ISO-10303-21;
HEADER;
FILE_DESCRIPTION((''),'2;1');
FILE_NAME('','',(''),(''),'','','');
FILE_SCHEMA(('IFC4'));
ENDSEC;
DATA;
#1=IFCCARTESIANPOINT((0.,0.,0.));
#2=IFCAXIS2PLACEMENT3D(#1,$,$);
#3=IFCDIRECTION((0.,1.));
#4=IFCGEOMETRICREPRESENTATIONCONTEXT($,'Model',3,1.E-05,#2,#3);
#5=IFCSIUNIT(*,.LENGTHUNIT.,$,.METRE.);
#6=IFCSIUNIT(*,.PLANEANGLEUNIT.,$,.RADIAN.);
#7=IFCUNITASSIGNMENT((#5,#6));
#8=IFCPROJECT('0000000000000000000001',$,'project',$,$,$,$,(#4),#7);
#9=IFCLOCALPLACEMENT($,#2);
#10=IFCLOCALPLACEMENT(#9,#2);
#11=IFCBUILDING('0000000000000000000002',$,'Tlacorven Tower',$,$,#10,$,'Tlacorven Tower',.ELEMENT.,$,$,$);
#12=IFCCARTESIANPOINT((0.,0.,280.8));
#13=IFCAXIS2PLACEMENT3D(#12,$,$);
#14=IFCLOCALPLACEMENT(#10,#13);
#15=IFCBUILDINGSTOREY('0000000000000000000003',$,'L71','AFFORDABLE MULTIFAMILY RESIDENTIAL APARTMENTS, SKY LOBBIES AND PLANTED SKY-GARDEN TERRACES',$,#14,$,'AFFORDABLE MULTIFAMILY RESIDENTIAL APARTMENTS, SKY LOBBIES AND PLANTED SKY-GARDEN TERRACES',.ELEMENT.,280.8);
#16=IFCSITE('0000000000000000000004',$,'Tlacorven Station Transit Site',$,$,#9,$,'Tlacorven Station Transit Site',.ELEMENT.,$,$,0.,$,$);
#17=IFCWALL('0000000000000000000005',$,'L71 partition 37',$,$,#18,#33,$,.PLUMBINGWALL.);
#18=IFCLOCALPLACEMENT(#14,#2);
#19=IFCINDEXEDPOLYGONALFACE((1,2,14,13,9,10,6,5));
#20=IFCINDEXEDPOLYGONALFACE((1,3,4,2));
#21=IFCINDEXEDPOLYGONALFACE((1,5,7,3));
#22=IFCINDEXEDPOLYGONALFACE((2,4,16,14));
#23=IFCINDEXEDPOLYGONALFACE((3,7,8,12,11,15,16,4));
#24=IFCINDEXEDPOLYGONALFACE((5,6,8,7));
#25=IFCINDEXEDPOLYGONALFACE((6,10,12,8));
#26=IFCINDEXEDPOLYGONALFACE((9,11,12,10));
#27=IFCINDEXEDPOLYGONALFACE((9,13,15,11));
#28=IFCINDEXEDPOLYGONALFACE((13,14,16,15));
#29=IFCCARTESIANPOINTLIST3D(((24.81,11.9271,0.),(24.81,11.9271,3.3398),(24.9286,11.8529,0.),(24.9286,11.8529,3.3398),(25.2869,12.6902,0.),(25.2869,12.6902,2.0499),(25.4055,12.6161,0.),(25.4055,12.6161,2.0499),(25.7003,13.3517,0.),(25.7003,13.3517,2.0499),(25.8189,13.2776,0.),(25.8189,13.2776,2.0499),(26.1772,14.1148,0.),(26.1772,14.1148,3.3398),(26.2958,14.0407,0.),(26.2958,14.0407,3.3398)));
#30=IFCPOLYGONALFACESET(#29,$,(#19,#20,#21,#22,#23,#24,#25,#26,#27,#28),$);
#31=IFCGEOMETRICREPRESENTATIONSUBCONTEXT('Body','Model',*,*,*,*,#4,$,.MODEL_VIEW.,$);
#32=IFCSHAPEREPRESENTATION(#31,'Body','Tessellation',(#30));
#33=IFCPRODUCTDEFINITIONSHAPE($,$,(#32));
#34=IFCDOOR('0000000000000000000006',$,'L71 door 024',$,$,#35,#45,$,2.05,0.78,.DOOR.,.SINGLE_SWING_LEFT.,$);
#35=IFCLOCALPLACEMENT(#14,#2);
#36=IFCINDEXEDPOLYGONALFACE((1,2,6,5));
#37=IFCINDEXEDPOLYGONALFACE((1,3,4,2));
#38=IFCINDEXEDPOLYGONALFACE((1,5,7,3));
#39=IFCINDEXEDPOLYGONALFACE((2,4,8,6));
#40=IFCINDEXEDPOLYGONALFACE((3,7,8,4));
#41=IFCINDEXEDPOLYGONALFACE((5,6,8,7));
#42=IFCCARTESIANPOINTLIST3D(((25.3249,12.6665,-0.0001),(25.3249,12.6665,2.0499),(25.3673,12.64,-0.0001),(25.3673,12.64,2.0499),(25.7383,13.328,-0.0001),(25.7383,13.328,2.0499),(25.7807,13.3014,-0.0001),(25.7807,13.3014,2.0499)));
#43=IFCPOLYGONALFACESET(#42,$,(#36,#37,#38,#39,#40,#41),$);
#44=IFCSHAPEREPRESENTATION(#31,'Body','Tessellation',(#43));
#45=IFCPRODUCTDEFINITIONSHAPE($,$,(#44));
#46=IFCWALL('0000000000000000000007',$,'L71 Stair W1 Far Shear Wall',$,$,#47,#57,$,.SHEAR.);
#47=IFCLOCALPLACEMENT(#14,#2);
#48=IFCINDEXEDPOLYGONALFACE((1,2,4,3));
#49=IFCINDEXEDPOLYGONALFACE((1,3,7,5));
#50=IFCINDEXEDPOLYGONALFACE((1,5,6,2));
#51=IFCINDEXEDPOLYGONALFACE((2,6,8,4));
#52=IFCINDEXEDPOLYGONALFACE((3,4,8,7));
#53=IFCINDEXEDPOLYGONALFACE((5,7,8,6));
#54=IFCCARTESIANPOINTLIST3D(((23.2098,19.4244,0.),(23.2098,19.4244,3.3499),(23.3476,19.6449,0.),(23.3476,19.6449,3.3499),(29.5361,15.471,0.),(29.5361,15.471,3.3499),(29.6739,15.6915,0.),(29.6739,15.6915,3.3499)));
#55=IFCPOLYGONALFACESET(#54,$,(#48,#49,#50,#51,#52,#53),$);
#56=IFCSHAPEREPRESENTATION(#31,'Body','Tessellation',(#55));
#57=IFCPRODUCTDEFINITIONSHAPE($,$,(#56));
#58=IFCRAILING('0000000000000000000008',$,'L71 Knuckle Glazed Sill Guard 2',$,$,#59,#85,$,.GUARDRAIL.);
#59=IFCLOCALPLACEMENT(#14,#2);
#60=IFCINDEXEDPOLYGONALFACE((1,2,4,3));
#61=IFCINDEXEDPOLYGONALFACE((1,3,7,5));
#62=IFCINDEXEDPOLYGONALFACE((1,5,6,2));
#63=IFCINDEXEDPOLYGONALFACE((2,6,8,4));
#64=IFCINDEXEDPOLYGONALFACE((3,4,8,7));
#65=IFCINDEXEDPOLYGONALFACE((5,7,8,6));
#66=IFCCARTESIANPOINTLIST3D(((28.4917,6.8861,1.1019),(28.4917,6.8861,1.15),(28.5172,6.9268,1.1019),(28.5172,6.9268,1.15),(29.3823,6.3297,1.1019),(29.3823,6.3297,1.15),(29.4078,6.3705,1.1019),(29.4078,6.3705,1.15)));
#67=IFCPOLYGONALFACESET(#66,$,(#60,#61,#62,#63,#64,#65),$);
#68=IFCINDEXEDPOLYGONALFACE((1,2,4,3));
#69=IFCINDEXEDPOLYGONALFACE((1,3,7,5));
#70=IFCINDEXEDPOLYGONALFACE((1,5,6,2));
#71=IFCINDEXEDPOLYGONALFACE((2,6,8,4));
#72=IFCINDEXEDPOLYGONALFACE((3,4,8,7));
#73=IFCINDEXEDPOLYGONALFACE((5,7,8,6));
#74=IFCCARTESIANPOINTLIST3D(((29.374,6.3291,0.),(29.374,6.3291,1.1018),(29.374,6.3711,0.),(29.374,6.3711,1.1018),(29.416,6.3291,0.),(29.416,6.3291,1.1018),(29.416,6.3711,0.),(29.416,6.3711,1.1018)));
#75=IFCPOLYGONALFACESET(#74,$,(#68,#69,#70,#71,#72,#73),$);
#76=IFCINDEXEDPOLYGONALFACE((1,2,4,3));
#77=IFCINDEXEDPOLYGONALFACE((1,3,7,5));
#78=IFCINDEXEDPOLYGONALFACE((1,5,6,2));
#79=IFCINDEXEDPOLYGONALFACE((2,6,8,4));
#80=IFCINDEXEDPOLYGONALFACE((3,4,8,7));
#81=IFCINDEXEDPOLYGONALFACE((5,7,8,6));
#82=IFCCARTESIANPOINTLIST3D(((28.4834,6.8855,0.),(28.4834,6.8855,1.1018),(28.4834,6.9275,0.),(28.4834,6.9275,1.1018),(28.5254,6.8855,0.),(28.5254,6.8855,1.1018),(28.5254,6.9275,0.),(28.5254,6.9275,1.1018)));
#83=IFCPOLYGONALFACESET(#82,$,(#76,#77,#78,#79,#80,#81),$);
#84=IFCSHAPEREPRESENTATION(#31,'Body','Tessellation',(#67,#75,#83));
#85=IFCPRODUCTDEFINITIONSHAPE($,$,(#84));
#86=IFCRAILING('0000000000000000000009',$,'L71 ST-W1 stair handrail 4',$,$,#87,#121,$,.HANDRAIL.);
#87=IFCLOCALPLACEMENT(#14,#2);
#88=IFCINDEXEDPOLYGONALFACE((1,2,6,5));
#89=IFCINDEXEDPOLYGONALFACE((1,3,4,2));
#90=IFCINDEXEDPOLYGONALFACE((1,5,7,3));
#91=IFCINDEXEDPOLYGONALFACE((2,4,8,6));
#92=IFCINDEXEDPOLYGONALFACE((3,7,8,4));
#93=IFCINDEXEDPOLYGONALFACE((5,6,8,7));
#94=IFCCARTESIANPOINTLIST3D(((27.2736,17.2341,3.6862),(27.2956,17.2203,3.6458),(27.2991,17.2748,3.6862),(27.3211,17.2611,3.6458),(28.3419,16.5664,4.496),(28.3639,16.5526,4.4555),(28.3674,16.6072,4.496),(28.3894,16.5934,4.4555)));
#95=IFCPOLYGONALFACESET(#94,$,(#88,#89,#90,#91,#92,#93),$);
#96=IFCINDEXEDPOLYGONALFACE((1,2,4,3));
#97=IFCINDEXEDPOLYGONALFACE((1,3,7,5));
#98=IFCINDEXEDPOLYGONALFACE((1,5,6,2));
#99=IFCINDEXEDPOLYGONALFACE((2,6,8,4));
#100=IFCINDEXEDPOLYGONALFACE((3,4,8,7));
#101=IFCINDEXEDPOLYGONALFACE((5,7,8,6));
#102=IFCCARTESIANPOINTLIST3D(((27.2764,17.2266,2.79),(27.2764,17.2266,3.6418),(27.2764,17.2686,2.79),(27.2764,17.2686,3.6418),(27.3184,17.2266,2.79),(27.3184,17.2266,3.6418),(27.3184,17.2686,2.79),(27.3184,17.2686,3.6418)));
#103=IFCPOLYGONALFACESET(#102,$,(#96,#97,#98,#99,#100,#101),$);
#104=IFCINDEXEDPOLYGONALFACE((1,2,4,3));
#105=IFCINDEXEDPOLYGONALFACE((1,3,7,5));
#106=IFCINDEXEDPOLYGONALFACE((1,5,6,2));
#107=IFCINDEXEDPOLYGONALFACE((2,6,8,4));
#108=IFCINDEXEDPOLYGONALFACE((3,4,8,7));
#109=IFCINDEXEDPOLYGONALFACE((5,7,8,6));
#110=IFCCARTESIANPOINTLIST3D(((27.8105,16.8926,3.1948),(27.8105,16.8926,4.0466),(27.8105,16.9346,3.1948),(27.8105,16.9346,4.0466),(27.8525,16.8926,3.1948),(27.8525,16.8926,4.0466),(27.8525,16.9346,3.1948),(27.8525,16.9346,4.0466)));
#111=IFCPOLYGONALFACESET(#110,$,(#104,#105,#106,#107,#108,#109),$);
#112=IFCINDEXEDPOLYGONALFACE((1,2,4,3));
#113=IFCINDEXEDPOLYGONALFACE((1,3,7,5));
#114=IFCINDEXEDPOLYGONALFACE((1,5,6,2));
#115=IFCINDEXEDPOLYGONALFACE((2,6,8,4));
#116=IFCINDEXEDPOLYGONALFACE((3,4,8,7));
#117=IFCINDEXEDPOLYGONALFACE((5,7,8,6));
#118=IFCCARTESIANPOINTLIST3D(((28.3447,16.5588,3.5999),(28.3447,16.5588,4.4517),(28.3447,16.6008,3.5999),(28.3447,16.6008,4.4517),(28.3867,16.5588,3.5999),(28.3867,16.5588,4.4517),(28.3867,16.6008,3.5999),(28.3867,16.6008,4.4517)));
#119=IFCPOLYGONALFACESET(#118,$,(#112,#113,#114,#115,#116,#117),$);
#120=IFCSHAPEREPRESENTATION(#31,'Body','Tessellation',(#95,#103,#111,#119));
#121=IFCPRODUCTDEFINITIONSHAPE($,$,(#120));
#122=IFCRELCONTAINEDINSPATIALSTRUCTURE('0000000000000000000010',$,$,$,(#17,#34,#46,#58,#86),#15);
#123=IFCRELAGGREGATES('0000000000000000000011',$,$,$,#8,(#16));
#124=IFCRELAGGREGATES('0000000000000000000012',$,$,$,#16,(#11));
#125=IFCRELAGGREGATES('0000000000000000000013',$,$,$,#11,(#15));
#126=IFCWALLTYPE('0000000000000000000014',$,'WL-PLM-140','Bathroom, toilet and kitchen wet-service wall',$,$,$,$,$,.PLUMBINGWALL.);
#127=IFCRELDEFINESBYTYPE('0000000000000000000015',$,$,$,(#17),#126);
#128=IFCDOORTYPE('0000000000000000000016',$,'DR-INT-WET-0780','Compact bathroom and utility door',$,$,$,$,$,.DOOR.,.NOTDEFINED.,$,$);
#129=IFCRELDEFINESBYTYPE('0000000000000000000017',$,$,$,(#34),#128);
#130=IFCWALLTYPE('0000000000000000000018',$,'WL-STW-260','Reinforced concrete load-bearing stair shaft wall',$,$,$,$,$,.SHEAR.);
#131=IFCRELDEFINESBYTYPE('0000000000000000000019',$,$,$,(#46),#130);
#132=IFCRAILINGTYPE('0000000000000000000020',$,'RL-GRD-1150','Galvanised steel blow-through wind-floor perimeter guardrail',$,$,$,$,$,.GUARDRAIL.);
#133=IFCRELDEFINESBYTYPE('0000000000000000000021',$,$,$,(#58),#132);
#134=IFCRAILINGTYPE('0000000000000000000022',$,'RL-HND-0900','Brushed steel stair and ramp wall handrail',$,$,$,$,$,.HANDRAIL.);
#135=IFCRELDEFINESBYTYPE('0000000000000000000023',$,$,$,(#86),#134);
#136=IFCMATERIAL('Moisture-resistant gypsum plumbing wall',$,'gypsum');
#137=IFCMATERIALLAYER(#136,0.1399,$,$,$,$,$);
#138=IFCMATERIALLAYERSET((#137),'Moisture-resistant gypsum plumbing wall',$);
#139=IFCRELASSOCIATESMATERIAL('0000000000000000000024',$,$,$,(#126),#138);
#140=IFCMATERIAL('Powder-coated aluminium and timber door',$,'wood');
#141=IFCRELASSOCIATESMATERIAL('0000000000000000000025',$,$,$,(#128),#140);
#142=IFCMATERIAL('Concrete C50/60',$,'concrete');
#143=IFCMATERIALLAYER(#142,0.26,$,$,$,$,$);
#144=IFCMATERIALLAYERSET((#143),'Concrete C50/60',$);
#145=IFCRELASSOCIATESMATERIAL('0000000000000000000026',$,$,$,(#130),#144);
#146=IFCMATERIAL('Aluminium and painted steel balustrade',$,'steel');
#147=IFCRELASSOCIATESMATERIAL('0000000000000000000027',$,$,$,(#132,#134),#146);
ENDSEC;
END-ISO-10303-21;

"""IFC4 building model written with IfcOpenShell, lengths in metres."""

from ifc_helpers import new_model, si_unit, direction, frame, frame_2d, origin, origin_2d, place, context, subcontext, project, spatial, rectangle, extrude, source, transform, mapped, material, layer, layer_set, type_object, element, fill, save


model = new_model("IFC4")

# Units and contexts
model_context = context("Model", 3, precision=1e-05, world=origin(), true_north=direction((0.0, 1.0)))
body_context = subcontext(model_context, "Body", "Model", "MODEL_VIEW")
ifc_project = project(units=[si_unit("LENGTHUNIT", "METRE"), si_unit("PLANEANGLEUNIT", "RADIAN")], contexts=[model_context])

# Site, building, storey
site_placement = place(None, origin())
site = spatial("IfcSite", under=ifc_project, at=site_placement, Name="Tlacorven Station Transit Site", LongName="Tlacorven Station Transit Site", CompositionType="ELEMENT", RefElevation=0.0)
building_placement = place(site_placement, origin())
building = spatial("IfcBuilding", under=site, at=building_placement, Name="Tlacorven Tower", LongName="Tlacorven Tower", CompositionType="ELEMENT")
storey_placement = place(building_placement, frame((0.0, 0.0, 280.8)))
storey = spatial("IfcBuildingStorey", under=building, at=storey_placement, Name="L71", Description="AFFORDABLE MULTIFAMILY RESIDENTIAL APARTMENTS, SKY LOBBIES AND PLANTED SKY-GARDEN TERRACES", LongName="AFFORDABLE MULTIFAMILY RESIDENTIAL APARTMENTS, SKY LOBBIES AND PLANTED SKY-GARDEN TERRACES", CompositionType="ELEMENT", Elevation=280.8)

# Shared definitions
ifc_material_1 = material(Name="Powder-coated aluminium and timber door", Category="wood")

# Wall, opening, door
ifc_material_2 = material(Name="Moisture-resistant gypsum plumbing wall", Category="gypsum")
ifc_layer_1 = layer(ifc_material_2, 0.1399)
ifc_layer_set_1 = layer_set([ifc_layer_1], Name="Moisture-resistant gypsum plumbing wall")
wall_type_1 = type_object("IfcWallType", Name="WL-PLM-140", Description="Bathroom, toilet and kitchen wet-service wall", PredefinedType="PLUMBINGWALL", material=ifc_layer_set_1)
wall_1_placement = place(storey_placement, frame((26.2366, 14.0779, 0.0), z_axis=(0.0, 0.0, 1.0), x_axis=(-0.529956, -0.848025, 0.0)))
wall_1 = element("IfcWall", 1, at=wall_1_placement, inside=storey, type_object=wall_type_1, Name="L71 partition 37", PredefinedType="PLUMBINGWALL", context=body_context, shape_type="SweptSolid", body=[
    extrude(rectangle(XDim=2.5798, YDim=0.1399, at=frame_2d((1.29, 0.0))), origin(), (0.0, 0.0, 1.0), 3.3398),
])
opening_1_placement = place(wall_1_placement, frame((0.8999, 0.0, 0.0)))
opening_1 = element("IfcOpeningElement", 2, at=opening_1_placement, cuts=wall_1, PredefinedType="OPENING", context=body_context, shape_type="SweptSolid", body=[
    extrude(rectangle(XDim=0.78, YDim=2.05, at=frame_2d((0.3901, 1.0249))), frame((0.0, 0.0801, 0.0), z_axis=(0.0, -1.0, 0.0), x_axis=(1.0, 0.0, 0.0)), (0.0, 0.0, 1.0), 0.1599),
])
door_type_1 = type_object("IfcDoorType", Name="DR-INT-WET-0780", Description="Compact bathroom and utility door", OperationType="NOTDEFINED", PredefinedType="DOOR", material=ifc_material_1)
shared_shape_1 = source(origin(), body_context, "Body", "SweptSolid", [
    extrude(rectangle(XDim=0.78, YDim=2.05, at=frame_2d((0.3901, 1.0249))), frame((0.0, 0.0249, 0.0), z_axis=(0.0, -1.0, 0.0), x_axis=(1.0, 0.0, 0.0)), (0.0, 0.0, 1.0), 0.05),
])
door_1_placement = place(opening_1_placement, origin())
door_1 = element("IfcDoor", 3, at=door_1_placement, inside=storey, type_object=door_type_1, Name="L71 door 024", OperationType="SINGLE_SWING_LEFT", OverallHeight=2.05, OverallWidth=0.78, PredefinedType="DOOR", context=body_context, shape_type="MappedRepresentation", body=[
    mapped(shared_shape_1, transform((0.0, 0.0, 0.0), scale=1.0)),
])
fill(opening_1, door_1)

# Wall
ifc_material_3 = material(Name="Concrete C50/60", Category="concrete")
ifc_layer_2 = layer(ifc_material_3, 0.26)
ifc_layer_set_2 = layer_set([ifc_layer_2], Name="Concrete C50/60")
wall_type_2 = type_object("IfcWallType", Name="WL-STW-260", Description="Reinforced concrete load-bearing stair shaft wall", PredefinedType="SHEAR", material=ifc_layer_set_2)
wall_2_placement = place(storey_placement, frame((29.605, 15.5813, 0.0), z_axis=(0.0, 0.0, 1.0), x_axis=(-0.848037, 0.529937, 0.0)))
element("IfcWall", 4, at=wall_2_placement, inside=storey, type_object=wall_type_2, Name="L71 Stair W1 Far Shear Wall", PredefinedType="SHEAR", context=body_context, shape_type="SweptSolid", body=[
    extrude(rectangle(XDim=7.46, YDim=0.26, at=frame_2d((3.73, 0.0))), origin(), (0.0, 0.0, 1.0), 3.3499),
])

# Railings
ifc_material_4 = material(Name="Aluminium and painted steel balustrade", Category="steel")
railing_type_1 = type_object("IfcRailingType", Name="RL-GRD-1150", Description="Galvanised steel blow-through wind-floor perimeter guardrail", PredefinedType="GUARDRAIL", material=ifc_material_4)
shared_shape_2 = source(origin(), body_context, "Body", "SweptSolid", [
    extrude(rectangle(XDim=0.0481, YDim=0.0481, at=origin_2d()), frame((0.0, 0.0, 1.126), z_axis=(-0.848103, 0.529832, 0.0), x_axis=(-0.529832, -0.848103, 0.0)), (0.0, 0.0, 1.0), 1.05),
    extrude(rectangle(XDim=0.042, YDim=0.042, at=origin_2d()), origin(), (0.0, 0.0, 1.0), 1.1018),
    extrude(rectangle(XDim=0.042, YDim=0.042, at=origin_2d()), frame((-0.8906, 0.5564, 0.0)), (0.0, 0.0, 1.0), 1.1018),
])
railing_1_placement = place(storey_placement, frame((29.395, 6.3501, 0.0)))
element("IfcRailing", 5, at=railing_1_placement, inside=storey, type_object=railing_type_1, Name="L71 Knuckle Glazed Sill Guard 2", PredefinedType="GUARDRAIL", context=body_context, shape_type="MappedRepresentation", body=[
    mapped(shared_shape_2, transform((0.0, 0.0, 0.0), scale=1.0)),
])
railing_type_2 = type_object("IfcRailingType", Name="RL-HND-0900", Description="Brushed steel stair and ramp wall handrail", PredefinedType="HANDRAIL", material=ifc_material_4)
shared_shape_3 = source(origin(), body_context, "Body", "SweptSolid", [
    extrude(rectangle(XDim=0.0481, YDim=0.0481, at=origin_2d()), frame((0.0, 0.0, 0.876), z_axis=(0.713343, -0.445839, 0.540712), x_axis=(0.529999, 0.847998, 0.0)), (0.0, 0.0, 1.0), 1.4976),
    extrude(rectangle(XDim=0.042, YDim=0.042, at=origin_2d()), origin(), (0.0, 0.0, 1.0), 0.8518),
    extrude(rectangle(XDim=0.042, YDim=0.042, at=origin_2d()), frame((0.5342, -0.334, 0.4048)), (0.0, 0.0, 1.0), 0.8518),
    extrude(rectangle(XDim=0.042, YDim=0.042, at=origin_2d()), frame((1.0684, -0.6677, 0.8098)), (0.0, 0.0, 1.0), 0.8518),
])
railing_2_placement = place(storey_placement, frame((27.2974, 17.2476, 2.79)))
element("IfcRailing", 6, at=railing_2_placement, inside=storey, type_object=railing_type_2, Name="L71 ST-W1 stair handrail 4", PredefinedType="HANDRAIL", context=body_context, shape_type="MappedRepresentation", body=[
    mapped(shared_shape_3, transform((0.0, 0.0, 0.0), scale=1.0)),
])

save(model, "model.ifc")
